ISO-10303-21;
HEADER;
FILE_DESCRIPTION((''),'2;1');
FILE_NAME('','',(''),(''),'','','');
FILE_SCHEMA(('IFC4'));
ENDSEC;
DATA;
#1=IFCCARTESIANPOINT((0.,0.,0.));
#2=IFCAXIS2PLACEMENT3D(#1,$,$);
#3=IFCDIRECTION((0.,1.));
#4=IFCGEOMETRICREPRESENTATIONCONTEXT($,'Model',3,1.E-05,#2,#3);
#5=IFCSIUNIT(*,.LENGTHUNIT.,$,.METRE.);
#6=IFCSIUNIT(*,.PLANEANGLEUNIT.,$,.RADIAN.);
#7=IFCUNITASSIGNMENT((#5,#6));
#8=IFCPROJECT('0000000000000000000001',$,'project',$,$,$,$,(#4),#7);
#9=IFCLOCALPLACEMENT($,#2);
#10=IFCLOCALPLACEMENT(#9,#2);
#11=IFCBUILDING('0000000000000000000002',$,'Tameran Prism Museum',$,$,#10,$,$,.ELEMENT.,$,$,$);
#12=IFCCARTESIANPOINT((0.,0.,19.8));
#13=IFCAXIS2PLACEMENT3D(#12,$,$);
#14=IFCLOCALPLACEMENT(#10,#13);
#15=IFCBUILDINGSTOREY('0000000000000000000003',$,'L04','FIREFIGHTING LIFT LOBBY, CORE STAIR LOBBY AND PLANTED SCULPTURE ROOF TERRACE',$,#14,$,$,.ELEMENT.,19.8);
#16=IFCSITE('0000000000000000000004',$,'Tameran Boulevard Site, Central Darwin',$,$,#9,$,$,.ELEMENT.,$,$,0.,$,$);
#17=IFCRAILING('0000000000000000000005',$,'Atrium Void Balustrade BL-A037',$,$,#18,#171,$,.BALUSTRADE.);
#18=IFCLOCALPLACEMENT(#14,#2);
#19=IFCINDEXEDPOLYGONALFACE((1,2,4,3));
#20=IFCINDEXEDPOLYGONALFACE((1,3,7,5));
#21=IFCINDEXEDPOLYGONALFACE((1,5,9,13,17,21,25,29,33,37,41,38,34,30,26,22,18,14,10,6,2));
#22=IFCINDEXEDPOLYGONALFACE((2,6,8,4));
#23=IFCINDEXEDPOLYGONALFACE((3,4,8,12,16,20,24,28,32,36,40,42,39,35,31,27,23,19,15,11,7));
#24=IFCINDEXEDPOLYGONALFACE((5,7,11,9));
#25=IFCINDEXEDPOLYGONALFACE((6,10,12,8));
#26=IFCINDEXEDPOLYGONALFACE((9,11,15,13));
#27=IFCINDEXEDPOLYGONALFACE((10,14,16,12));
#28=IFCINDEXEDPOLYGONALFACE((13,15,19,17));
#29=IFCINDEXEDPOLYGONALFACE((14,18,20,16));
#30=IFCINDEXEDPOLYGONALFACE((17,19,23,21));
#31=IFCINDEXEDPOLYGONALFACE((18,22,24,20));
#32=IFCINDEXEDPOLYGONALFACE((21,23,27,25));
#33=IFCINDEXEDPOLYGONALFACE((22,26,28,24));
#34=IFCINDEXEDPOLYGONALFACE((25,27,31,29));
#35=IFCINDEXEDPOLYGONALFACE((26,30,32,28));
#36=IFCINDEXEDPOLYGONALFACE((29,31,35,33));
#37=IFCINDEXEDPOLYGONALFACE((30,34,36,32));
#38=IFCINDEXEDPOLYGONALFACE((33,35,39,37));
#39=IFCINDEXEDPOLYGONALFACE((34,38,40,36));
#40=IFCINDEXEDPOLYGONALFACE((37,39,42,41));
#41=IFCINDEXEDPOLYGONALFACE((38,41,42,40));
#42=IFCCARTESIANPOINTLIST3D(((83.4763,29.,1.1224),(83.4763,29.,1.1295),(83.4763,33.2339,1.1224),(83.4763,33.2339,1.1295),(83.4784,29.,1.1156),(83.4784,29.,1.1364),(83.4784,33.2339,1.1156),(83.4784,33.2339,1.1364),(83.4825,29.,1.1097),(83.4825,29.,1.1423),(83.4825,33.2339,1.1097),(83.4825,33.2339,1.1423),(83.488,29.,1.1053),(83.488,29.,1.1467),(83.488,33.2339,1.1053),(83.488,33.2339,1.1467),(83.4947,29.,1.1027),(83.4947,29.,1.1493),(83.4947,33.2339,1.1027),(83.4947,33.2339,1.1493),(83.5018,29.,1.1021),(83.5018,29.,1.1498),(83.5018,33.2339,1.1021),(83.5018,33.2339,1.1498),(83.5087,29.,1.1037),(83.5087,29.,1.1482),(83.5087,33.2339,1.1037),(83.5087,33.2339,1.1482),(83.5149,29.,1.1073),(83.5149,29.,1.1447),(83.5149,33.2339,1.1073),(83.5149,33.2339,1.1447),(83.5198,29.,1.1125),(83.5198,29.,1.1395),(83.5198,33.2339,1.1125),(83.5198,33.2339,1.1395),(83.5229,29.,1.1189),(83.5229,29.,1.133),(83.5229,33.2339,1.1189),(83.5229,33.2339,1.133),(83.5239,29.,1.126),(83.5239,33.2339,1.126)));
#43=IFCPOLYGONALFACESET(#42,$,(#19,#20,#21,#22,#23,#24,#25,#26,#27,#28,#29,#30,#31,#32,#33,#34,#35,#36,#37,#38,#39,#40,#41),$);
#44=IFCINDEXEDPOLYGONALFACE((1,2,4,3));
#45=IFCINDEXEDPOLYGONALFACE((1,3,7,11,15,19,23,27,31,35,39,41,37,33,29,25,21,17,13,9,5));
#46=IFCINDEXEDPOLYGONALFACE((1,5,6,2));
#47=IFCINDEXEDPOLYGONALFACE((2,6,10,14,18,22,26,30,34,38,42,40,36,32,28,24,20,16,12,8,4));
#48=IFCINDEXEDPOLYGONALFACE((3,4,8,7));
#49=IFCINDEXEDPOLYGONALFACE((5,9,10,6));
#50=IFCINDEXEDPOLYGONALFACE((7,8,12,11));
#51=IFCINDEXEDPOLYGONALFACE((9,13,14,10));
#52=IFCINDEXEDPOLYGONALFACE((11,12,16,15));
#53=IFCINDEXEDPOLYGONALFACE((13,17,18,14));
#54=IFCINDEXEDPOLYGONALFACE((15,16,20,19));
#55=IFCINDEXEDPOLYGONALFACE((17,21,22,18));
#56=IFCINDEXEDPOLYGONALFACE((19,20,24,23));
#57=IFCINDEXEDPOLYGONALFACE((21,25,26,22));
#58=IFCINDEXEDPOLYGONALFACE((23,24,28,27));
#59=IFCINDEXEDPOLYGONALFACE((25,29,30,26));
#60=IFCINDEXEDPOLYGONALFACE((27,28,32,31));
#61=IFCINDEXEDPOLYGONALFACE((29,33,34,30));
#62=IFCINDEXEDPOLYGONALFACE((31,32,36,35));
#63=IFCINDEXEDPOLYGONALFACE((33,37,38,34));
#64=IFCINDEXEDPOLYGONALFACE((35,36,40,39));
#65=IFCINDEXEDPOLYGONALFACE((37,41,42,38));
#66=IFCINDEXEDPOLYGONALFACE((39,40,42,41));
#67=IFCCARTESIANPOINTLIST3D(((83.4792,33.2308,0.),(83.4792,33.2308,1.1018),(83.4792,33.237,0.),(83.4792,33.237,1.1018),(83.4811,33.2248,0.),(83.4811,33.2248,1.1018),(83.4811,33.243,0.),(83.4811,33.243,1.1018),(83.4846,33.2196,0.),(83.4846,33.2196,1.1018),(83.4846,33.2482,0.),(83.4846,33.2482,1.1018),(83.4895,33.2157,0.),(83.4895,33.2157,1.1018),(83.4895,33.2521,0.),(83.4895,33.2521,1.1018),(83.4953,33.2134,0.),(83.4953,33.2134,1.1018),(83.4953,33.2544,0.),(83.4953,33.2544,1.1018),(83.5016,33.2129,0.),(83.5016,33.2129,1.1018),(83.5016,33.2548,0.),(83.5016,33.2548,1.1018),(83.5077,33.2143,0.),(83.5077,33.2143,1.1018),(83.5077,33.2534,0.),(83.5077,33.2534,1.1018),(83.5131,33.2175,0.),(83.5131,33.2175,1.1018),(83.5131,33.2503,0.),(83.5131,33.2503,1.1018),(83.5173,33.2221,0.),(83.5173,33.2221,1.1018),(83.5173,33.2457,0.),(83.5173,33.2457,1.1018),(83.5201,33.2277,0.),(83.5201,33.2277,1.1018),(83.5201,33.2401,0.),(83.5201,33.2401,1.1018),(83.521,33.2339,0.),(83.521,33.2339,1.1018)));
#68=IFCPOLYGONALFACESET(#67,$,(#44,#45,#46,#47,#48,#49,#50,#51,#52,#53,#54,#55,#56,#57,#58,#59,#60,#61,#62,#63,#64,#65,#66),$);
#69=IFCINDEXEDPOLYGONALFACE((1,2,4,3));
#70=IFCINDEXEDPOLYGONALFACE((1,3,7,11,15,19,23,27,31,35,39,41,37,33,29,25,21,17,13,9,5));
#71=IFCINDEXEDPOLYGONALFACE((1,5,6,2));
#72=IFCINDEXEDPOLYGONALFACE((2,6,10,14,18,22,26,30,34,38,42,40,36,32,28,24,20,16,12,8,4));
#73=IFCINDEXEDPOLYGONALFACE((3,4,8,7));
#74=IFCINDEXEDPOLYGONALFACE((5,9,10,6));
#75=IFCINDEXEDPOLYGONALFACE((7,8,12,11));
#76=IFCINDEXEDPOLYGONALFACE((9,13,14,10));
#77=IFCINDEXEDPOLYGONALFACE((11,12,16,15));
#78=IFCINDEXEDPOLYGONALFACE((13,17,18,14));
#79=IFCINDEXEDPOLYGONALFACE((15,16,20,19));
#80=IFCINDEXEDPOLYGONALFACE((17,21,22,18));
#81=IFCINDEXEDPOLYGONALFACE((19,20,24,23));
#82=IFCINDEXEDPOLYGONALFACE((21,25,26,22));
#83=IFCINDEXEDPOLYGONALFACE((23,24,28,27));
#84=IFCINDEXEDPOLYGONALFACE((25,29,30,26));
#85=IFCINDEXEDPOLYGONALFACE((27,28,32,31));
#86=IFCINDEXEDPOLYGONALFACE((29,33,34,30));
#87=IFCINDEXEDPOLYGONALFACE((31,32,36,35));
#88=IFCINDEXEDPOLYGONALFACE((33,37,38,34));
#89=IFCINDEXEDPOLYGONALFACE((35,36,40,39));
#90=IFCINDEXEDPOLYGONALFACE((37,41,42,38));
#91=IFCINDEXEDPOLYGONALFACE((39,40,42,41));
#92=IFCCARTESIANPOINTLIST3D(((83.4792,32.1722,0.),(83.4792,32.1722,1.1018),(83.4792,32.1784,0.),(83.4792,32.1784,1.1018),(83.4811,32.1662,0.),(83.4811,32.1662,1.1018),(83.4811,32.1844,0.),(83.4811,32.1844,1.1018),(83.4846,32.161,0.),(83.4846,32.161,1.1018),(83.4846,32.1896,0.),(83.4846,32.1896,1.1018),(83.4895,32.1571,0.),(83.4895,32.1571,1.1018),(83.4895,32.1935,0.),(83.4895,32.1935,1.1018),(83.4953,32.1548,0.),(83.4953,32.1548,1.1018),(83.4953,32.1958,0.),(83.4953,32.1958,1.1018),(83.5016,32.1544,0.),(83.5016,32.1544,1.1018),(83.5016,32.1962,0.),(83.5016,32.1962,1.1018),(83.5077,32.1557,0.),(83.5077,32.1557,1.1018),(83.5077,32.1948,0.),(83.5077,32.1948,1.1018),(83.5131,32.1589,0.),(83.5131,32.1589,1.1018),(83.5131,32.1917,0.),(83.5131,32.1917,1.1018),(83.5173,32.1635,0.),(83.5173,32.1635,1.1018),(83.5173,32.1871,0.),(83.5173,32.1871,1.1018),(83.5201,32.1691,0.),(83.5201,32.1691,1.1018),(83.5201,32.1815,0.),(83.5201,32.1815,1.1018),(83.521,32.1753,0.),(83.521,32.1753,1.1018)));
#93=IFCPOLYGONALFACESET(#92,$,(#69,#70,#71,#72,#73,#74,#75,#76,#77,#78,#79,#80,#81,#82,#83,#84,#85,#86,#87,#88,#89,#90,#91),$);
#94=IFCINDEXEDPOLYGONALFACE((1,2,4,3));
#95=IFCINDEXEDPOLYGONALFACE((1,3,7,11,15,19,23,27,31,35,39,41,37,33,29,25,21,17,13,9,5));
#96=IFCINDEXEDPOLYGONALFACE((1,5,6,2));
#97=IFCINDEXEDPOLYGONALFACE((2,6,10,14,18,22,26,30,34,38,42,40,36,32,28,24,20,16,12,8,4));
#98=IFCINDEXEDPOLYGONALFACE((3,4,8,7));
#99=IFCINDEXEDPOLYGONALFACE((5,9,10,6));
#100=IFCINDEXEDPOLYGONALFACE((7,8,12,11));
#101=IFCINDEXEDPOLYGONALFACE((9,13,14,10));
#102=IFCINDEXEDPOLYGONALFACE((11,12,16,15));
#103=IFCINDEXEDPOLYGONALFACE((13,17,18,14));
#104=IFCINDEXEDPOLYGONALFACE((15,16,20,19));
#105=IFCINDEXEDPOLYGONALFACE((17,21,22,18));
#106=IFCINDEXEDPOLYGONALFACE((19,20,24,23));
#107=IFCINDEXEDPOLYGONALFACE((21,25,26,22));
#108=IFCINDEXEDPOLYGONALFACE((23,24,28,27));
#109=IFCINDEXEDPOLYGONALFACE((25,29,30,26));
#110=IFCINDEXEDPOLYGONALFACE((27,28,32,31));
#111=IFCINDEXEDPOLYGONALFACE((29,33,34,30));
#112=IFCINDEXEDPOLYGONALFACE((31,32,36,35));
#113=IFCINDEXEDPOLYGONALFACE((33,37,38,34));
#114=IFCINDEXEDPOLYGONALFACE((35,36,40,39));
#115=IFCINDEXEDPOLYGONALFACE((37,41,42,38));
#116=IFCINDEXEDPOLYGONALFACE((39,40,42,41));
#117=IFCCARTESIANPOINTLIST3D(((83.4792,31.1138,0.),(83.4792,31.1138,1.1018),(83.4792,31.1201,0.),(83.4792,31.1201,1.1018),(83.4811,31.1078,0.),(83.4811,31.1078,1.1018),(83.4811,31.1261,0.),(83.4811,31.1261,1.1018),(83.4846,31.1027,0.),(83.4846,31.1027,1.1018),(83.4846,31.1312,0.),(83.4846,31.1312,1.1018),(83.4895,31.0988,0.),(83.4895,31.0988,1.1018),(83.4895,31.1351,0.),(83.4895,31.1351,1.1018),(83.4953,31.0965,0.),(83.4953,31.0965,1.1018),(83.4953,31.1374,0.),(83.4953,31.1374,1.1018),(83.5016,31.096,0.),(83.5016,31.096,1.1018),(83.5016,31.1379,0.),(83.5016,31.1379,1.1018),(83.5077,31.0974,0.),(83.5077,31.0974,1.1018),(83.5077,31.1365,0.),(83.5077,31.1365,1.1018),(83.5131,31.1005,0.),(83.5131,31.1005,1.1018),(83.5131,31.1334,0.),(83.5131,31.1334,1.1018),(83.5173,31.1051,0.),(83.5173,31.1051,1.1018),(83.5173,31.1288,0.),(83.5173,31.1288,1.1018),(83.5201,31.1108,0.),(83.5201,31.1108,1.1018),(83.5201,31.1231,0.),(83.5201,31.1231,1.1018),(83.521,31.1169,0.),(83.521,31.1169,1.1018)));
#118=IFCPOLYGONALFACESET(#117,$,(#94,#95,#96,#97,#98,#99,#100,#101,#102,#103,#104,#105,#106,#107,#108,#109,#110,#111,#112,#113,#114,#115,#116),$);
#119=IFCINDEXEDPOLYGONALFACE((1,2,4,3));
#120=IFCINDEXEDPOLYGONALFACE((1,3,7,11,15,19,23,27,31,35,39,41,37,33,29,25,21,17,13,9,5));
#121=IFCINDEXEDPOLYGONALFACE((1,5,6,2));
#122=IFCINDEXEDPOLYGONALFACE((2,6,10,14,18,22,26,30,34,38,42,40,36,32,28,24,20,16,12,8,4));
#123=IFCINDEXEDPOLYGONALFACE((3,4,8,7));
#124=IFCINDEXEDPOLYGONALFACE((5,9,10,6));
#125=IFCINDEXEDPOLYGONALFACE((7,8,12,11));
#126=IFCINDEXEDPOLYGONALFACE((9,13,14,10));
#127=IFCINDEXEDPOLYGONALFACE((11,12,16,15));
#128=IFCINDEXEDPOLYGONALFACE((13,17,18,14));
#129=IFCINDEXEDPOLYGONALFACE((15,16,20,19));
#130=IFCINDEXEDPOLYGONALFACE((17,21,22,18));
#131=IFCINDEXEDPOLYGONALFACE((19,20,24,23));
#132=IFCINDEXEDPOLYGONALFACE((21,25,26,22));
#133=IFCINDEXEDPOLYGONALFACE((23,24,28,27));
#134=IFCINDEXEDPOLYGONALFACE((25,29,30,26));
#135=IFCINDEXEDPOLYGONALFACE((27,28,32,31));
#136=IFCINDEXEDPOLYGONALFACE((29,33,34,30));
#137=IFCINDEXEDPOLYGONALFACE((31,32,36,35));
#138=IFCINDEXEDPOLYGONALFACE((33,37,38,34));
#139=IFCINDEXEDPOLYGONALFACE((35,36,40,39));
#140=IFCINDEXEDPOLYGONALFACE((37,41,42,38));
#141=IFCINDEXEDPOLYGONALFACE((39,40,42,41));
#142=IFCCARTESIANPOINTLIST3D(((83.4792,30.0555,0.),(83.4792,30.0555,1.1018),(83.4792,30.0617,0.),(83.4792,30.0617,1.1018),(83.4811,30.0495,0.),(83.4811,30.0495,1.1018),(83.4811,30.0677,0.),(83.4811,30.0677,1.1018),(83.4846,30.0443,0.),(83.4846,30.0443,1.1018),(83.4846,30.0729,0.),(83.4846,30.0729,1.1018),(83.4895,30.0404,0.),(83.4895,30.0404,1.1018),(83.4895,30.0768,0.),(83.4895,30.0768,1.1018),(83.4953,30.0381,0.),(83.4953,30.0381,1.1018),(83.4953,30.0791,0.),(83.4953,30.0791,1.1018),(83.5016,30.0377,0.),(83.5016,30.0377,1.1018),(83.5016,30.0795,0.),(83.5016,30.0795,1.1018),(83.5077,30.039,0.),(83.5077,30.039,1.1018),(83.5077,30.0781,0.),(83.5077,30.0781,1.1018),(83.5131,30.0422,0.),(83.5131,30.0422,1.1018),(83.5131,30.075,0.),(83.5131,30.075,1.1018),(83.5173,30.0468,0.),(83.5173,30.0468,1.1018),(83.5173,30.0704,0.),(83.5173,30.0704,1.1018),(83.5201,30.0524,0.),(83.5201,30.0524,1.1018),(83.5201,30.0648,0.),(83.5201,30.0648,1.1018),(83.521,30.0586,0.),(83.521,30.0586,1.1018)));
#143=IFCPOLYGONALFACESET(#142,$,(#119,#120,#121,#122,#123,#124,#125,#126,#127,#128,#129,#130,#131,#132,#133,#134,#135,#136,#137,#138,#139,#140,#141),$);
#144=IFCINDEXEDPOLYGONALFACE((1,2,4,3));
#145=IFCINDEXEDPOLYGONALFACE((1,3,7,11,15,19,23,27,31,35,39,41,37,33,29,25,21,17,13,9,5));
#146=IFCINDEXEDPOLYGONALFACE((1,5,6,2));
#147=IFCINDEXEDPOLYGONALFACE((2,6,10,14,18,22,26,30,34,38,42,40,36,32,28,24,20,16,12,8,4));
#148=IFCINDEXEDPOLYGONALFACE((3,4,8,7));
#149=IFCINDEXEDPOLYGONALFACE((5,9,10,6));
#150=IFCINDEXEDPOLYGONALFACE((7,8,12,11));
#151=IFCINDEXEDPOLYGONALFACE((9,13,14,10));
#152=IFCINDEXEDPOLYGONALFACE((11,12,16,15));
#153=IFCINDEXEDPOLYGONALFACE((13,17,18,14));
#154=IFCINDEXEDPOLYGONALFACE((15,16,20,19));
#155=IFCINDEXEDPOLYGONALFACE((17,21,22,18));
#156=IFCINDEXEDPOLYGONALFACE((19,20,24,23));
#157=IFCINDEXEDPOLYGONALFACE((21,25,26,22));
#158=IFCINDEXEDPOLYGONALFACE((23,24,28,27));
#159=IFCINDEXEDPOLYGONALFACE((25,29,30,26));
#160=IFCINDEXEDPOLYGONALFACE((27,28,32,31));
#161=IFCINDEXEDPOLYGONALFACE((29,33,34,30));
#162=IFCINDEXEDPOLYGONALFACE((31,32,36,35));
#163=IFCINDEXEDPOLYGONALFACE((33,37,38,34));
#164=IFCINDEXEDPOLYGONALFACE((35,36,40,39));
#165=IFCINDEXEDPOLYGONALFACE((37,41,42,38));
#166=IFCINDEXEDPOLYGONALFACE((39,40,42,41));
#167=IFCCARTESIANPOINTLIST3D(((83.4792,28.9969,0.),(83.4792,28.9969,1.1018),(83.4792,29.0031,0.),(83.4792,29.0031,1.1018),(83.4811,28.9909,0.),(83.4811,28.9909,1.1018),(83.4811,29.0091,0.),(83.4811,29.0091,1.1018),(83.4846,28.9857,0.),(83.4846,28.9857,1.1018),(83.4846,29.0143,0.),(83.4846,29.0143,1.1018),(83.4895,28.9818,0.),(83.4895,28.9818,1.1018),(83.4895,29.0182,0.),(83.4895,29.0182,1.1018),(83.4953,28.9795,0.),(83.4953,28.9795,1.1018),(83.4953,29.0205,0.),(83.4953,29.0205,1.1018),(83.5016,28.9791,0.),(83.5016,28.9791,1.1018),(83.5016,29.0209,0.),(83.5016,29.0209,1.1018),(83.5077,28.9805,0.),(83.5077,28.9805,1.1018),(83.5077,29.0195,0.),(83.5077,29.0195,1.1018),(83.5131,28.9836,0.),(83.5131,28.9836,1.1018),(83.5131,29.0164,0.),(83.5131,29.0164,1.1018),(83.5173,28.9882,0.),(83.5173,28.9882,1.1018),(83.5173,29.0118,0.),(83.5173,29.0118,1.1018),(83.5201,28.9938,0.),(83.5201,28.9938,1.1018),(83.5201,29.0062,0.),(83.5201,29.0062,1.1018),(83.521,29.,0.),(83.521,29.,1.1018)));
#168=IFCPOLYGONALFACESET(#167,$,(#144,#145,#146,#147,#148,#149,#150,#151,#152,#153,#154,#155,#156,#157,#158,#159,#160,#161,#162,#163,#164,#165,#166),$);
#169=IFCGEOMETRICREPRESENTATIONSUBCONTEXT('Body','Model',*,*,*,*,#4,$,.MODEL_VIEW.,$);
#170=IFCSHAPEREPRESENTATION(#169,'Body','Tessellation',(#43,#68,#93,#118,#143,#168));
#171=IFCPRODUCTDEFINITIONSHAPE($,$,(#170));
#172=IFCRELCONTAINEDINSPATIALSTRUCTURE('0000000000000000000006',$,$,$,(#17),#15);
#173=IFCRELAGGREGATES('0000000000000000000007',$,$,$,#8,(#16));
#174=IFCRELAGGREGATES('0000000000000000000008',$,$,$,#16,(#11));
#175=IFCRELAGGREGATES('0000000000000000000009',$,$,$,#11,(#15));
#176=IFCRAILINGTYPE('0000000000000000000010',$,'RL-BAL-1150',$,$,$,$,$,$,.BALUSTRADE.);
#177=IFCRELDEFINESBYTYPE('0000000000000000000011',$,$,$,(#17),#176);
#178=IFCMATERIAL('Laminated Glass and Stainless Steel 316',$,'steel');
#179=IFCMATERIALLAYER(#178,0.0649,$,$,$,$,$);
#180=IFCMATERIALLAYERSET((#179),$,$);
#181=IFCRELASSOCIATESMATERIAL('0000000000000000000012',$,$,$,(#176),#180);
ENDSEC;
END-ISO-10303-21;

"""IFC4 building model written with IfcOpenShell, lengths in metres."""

from ifc_helpers import new_model, si_unit, direction, frame, origin, origin_2d, place, context, subcontext, project, spatial, circle, extrude, material, layer, layer_set, type_object, element, save


model = new_model("IFC4")

# Units and contexts
model_context = context("Model", 3, precision=1e-05, world=origin(), true_north=direction((0.0, 1.0)))
body_context = subcontext(model_context, "Body", "Model", "MODEL_VIEW")
ifc_project = project(units=[si_unit("LENGTHUNIT", "METRE"), si_unit("PLANEANGLEUNIT", "RADIAN")], contexts=[model_context])

# Site, building, storey
site_placement = place(None, origin())
site = spatial("IfcSite", under=ifc_project, at=site_placement, Name="Tameran Boulevard Site, Central Darwin", CompositionType="ELEMENT", RefElevation=0.0)
building_placement = place(site_placement, origin())
building = spatial("IfcBuilding", under=site, at=building_placement, Name="Tameran Prism Museum", CompositionType="ELEMENT")
storey_placement = place(building_placement, frame((0.0, 0.0, 19.8)))
storey = spatial("IfcBuildingStorey", under=building, at=storey_placement, Name="L04", Description="FIREFIGHTING LIFT LOBBY, CORE STAIR LOBBY AND PLANTED SCULPTURE ROOF TERRACE", CompositionType="ELEMENT", Elevation=19.8)

# Railing
ifc_material_1 = material(Name="Laminated Glass and Stainless Steel 316", Category="steel")
ifc_layer_1 = layer(ifc_material_1, 0.0649)
ifc_layer_set_1 = layer_set([ifc_layer_1])
railing_type = type_object("IfcRailingType", Name="RL-BAL-1150", PredefinedType="BALUSTRADE", material=ifc_layer_set_1)
railing_1_placement = place(storey_placement, frame((83.5, 33.2339, 0.0)))
element("IfcRailing", 1, at=railing_1_placement, inside=storey, type_object=railing_type, Name="Atrium Void Balustrade BL-A037", PredefinedType="BALUSTRADE", context=body_context, shape_type="SweptSolid", body=[
    extrude(circle(Radius=0.0239, at=origin_2d()), frame((0.0, 0.0, 1.126), z_axis=(0.0, -1.0, 0.0), x_axis=(1.0, 0.0, 0.0)), (0.0, 0.0, 1.0), 4.2339),
    extrude(circle(Radius=0.021, at=origin_2d()), origin(), (0.0, 0.0, 1.0), 1.1018),
    extrude(circle(Radius=0.021, at=origin_2d()), frame((0.0, -1.0586, 0.0)), (0.0, 0.0, 1.0), 1.1018),
    extrude(circle(Radius=0.021, at=origin_2d()), frame((0.0, -2.1169, 0.0)), (0.0, 0.0, 1.0), 1.1018),
    extrude(circle(Radius=0.021, at=origin_2d()), frame((0.0, -3.1753, 0.0)), (0.0, 0.0, 1.0), 1.1018),
    extrude(circle(Radius=0.021, at=origin_2d()), frame((0.0, -4.2339, 0.0)), (0.0, 0.0, 1.0), 1.1018),
])

save(model, "model.ifc")
